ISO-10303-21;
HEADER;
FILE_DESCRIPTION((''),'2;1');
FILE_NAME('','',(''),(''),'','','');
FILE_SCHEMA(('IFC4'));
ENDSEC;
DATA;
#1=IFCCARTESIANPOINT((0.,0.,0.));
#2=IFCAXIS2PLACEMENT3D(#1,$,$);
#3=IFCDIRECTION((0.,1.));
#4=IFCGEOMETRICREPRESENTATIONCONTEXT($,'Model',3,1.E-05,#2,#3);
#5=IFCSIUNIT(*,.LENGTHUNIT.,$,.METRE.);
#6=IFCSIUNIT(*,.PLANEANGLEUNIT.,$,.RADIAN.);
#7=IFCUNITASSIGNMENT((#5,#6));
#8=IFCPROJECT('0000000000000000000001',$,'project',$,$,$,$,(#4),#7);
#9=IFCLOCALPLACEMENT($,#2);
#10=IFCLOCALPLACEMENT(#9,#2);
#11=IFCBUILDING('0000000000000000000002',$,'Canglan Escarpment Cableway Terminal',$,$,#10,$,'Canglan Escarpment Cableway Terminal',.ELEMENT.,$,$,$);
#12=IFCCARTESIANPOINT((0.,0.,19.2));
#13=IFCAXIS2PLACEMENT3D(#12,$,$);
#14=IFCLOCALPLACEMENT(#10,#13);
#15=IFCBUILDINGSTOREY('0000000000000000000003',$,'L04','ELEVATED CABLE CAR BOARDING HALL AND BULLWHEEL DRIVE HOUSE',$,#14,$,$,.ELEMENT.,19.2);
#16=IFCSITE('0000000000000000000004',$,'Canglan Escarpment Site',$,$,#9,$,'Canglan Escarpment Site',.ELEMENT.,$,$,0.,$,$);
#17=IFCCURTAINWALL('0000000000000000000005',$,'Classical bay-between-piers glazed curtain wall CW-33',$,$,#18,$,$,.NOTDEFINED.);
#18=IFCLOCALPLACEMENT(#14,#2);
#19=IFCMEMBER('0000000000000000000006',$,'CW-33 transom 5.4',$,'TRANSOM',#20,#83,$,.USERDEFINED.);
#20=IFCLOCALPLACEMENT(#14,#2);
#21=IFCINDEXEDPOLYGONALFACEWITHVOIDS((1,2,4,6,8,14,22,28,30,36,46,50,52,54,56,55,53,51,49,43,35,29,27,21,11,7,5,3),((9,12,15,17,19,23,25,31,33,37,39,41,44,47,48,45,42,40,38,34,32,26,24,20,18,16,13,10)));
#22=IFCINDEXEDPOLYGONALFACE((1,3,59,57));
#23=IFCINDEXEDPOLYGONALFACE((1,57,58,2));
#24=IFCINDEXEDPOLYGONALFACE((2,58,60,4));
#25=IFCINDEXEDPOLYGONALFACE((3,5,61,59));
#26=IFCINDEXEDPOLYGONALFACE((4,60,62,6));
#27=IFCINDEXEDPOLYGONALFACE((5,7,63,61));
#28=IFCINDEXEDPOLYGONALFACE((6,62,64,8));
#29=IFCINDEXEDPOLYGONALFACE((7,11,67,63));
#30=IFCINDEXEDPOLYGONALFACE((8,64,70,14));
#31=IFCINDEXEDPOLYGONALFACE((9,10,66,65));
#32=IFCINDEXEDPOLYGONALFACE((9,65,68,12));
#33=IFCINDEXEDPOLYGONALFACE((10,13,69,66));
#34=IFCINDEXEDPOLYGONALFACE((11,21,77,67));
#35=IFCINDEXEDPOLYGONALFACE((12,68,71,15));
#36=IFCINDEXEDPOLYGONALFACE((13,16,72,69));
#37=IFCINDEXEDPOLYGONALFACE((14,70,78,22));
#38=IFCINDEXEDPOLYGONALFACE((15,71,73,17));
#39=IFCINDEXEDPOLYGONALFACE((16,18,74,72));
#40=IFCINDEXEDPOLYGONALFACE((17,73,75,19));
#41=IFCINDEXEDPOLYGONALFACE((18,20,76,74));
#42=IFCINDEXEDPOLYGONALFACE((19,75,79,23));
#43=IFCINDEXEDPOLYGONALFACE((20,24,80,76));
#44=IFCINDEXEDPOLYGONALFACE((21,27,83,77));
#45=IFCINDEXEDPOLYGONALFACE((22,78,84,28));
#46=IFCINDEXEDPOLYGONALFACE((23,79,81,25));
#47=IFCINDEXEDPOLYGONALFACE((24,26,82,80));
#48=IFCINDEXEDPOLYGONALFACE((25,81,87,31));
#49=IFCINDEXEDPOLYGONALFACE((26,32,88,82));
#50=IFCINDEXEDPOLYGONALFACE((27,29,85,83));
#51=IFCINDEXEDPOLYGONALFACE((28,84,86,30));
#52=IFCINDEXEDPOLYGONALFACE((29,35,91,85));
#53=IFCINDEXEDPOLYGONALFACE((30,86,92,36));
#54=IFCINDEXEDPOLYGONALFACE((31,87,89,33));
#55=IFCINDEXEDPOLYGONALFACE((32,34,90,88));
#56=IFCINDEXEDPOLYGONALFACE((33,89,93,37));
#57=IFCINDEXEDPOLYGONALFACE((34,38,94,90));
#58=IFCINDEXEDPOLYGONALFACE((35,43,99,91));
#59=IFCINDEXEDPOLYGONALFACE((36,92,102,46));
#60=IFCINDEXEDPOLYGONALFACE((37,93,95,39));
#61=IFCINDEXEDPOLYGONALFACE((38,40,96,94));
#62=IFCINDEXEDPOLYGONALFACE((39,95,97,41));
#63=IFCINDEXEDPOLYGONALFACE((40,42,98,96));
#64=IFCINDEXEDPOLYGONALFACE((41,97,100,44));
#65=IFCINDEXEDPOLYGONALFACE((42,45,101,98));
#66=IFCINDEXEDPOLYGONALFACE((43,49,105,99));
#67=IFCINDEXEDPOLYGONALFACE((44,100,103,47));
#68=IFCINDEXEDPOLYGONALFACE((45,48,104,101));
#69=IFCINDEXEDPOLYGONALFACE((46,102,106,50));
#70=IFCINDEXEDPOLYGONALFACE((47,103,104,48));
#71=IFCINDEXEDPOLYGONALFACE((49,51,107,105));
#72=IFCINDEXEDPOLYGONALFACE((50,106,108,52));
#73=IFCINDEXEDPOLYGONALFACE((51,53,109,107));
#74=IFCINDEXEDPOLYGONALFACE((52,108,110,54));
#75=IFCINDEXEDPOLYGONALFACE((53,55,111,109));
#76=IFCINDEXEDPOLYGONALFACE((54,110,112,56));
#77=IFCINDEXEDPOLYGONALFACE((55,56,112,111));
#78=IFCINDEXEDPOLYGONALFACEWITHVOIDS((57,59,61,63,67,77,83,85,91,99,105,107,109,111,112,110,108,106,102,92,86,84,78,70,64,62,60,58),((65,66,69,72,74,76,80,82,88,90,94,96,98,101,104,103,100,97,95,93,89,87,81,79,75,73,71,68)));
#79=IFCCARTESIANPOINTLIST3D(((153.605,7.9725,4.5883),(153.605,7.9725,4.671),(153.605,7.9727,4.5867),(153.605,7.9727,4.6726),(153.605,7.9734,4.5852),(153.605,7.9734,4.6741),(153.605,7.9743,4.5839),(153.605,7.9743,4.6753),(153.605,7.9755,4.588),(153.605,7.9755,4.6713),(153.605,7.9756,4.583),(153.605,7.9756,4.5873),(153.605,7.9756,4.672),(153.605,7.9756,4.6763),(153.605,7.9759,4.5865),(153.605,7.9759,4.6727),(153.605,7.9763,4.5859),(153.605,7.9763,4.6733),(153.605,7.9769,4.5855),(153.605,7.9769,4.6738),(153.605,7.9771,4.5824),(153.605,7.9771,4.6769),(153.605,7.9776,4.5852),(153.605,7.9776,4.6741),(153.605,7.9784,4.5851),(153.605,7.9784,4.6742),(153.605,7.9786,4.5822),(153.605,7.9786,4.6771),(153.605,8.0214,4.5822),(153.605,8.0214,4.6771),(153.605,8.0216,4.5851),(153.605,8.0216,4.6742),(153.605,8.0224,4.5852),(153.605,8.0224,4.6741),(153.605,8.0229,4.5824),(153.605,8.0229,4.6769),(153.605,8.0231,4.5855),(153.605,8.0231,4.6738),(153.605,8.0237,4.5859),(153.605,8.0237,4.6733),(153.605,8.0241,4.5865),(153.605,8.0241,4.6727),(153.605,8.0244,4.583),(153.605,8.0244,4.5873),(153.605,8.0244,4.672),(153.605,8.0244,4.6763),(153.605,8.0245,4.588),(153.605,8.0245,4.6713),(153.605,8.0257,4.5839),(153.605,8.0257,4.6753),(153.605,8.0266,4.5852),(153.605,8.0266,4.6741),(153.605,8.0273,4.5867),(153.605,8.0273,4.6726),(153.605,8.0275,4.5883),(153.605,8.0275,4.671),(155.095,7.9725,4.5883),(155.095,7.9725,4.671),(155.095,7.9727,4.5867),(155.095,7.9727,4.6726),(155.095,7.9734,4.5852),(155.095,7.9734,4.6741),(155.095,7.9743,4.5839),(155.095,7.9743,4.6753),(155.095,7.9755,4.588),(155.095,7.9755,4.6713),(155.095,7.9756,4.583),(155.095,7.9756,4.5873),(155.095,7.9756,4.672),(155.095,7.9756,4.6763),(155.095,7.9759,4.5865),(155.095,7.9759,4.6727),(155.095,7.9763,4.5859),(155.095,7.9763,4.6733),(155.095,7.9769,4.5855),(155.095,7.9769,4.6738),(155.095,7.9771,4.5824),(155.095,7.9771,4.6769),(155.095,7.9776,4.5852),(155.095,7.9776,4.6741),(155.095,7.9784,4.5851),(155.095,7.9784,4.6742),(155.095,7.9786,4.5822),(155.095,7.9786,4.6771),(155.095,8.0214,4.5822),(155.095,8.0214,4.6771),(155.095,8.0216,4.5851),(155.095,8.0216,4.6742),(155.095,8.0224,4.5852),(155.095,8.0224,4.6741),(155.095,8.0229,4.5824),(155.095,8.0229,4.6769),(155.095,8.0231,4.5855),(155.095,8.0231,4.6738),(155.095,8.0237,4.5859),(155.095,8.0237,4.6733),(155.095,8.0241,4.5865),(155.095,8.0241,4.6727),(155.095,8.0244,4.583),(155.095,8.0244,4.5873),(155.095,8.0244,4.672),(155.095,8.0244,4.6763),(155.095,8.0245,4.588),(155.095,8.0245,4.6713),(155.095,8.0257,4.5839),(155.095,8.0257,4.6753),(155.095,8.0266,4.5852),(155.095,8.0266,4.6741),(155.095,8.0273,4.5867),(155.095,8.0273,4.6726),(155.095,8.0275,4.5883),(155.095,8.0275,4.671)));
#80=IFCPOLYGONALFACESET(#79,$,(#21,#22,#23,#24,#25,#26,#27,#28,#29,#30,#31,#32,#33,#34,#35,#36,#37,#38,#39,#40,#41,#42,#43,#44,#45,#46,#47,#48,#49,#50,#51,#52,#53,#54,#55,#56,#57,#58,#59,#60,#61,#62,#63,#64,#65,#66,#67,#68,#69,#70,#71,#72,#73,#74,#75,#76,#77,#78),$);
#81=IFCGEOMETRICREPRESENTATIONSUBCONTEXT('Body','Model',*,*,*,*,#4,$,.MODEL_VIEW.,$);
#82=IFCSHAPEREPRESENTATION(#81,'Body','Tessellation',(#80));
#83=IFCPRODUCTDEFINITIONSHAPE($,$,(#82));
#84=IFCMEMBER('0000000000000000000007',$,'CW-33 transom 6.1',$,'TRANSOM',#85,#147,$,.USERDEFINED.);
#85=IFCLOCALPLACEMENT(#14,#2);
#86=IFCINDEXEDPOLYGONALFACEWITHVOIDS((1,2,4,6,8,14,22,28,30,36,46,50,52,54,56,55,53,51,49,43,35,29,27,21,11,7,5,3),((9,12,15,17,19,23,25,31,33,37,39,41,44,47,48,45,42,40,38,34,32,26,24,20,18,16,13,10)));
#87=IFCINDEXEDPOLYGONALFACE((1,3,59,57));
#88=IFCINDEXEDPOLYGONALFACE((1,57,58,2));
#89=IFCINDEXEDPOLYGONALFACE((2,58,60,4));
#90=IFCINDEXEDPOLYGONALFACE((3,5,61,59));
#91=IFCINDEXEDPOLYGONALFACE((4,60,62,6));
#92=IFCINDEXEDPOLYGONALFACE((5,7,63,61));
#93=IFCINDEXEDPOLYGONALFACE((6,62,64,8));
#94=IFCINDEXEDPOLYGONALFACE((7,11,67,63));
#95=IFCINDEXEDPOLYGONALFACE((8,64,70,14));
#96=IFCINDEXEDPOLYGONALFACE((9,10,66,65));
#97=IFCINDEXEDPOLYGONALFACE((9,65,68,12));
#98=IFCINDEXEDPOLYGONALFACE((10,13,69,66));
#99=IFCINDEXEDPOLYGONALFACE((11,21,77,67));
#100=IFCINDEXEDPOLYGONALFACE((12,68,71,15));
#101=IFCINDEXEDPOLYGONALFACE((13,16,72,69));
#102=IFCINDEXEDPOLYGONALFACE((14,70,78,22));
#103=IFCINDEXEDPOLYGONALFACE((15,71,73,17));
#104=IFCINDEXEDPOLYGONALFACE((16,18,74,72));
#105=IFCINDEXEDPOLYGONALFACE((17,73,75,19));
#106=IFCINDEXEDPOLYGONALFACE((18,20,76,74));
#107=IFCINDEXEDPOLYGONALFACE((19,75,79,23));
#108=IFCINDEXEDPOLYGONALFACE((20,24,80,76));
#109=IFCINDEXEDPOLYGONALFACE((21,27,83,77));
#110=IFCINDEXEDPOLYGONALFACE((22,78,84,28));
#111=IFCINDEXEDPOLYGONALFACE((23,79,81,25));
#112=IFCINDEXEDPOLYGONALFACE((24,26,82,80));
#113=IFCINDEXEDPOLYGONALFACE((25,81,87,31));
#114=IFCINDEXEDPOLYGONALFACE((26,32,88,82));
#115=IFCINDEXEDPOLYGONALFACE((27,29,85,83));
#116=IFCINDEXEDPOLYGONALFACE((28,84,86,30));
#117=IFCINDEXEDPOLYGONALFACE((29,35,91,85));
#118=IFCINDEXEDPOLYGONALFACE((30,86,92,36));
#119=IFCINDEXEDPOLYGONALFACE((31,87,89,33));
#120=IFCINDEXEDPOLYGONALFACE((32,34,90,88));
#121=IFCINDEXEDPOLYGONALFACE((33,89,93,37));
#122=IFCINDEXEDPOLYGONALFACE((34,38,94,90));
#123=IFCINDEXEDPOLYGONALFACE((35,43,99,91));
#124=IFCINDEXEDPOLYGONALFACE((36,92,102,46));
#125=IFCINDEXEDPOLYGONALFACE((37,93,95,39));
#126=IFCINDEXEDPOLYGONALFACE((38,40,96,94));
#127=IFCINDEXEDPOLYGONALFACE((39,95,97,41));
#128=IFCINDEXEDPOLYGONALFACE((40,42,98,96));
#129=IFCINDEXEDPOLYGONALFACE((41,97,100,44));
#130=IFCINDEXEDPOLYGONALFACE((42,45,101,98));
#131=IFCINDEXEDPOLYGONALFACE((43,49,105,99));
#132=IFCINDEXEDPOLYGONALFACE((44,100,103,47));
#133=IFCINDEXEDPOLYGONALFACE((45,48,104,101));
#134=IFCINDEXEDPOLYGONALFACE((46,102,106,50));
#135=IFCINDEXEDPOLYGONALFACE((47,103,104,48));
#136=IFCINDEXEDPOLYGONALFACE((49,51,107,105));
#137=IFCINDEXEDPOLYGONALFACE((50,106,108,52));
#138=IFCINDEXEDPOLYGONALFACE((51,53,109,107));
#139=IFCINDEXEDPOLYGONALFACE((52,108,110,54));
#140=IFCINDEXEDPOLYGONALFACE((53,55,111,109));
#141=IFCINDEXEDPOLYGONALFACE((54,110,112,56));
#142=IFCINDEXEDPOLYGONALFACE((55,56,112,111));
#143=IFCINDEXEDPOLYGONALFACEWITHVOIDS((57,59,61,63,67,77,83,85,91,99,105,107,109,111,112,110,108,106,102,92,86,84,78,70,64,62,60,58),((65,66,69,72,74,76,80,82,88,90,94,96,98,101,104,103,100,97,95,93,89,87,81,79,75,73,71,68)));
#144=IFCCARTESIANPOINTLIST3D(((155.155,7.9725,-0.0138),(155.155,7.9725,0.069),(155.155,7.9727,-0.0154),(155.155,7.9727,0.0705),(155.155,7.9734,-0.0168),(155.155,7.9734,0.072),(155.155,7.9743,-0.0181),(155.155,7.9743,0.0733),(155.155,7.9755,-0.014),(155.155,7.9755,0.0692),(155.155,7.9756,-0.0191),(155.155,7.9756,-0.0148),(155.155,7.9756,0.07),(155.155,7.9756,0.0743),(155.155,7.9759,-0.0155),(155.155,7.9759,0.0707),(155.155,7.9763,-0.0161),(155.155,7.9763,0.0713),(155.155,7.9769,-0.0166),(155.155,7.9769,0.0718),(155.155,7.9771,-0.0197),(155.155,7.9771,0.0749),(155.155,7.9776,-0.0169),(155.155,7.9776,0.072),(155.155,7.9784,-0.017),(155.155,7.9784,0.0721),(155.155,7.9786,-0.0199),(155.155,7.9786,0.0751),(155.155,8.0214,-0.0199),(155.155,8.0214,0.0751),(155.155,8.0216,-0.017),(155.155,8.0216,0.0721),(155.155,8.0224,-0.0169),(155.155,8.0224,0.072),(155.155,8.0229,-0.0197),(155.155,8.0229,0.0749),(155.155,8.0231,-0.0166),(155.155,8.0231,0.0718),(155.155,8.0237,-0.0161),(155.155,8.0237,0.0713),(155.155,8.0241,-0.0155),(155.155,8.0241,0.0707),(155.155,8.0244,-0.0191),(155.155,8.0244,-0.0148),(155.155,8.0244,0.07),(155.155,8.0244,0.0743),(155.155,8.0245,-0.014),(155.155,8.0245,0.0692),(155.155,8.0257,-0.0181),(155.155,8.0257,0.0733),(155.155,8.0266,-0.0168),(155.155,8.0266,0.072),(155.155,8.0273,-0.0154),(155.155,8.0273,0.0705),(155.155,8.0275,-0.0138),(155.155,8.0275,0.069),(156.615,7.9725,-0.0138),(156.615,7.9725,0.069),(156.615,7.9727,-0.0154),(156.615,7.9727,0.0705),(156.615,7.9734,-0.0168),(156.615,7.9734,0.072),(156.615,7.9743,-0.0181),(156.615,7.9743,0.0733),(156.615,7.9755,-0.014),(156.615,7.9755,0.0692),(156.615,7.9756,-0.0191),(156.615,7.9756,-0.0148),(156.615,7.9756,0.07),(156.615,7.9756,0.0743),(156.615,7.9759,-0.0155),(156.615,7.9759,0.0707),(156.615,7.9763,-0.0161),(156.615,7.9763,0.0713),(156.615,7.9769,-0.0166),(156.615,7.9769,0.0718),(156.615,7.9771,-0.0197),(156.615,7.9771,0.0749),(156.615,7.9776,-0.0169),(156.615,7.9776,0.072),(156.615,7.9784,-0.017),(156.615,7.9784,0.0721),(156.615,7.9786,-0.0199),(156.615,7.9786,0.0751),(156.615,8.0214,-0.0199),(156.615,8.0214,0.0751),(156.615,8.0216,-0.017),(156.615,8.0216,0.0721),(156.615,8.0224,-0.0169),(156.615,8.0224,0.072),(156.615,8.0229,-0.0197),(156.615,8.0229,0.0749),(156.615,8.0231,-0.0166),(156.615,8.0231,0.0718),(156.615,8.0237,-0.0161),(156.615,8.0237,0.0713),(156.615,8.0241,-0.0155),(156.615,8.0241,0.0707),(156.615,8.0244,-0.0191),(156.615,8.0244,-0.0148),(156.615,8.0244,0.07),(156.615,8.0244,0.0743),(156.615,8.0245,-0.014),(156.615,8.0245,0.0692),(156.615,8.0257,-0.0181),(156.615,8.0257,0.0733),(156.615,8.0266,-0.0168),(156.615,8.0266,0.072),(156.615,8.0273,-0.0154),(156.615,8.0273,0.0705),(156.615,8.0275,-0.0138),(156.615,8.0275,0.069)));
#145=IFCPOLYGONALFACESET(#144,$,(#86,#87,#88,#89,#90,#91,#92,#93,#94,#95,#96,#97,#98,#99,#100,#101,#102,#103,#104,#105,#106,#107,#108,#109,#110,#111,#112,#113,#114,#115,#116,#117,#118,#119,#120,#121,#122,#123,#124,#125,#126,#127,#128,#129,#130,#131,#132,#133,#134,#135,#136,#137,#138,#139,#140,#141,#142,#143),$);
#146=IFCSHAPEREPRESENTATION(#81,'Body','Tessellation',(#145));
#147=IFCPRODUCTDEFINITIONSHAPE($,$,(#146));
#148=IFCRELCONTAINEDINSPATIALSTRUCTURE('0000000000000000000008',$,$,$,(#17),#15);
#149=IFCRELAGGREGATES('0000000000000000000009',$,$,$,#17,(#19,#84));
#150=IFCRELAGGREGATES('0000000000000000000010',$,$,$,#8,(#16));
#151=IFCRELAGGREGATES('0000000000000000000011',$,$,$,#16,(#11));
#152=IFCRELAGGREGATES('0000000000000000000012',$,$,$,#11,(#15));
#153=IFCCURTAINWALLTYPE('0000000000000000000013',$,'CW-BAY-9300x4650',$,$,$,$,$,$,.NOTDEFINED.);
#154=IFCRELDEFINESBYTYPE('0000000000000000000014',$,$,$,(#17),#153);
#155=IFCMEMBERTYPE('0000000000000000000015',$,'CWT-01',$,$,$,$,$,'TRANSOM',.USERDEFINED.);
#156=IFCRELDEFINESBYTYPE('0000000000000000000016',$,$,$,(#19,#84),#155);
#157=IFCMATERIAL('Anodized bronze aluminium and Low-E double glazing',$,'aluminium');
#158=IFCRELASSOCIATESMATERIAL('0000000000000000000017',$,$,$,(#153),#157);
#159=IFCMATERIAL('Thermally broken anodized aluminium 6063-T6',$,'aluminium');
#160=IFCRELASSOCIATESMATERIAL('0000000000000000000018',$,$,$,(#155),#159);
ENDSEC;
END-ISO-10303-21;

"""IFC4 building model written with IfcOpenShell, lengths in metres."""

from ifc_helpers import new_model, si_unit, direction, frame, origin, origin_2d, place, context, subcontext, project, spatial, hollow_rectangle, extrude, material, material_profile, profile_set, type_object, element, aggregate, save


model = new_model("IFC4")

# Units and contexts
model_context = context("Model", 3, precision=1e-05, world=origin(), true_north=direction((0.0, 1.0)))
body_context = subcontext(model_context, "Body", "Model", "MODEL_VIEW")
ifc_project = project(units=[si_unit("LENGTHUNIT", "METRE"), si_unit("PLANEANGLEUNIT", "RADIAN")], contexts=[model_context])

# Site, building, storey
site_placement = place(None, origin())
site = spatial("IfcSite", under=ifc_project, at=site_placement, Name="Canglan Escarpment Site", LongName="Canglan Escarpment Site", CompositionType="ELEMENT", RefElevation=0.0)
building_placement = place(site_placement, origin())
building = spatial("IfcBuilding", under=site, at=building_placement, Name="Canglan Escarpment Cableway Terminal", LongName="Canglan Escarpment Cableway Terminal", CompositionType="ELEMENT")
storey_placement = place(building_placement, frame((0.0, 0.0, 19.2)))
storey = spatial("IfcBuildingStorey", under=building, at=storey_placement, Name="L04", Description="ELEVATED CABLE CAR BOARDING HALL AND BULLWHEEL DRIVE HOUSE", CompositionType="ELEMENT", Elevation=19.2)

# Curtain wall
ifc_material_1 = material(Name="Anodized bronze aluminium and Low-E double glazing", Category="aluminium")
curtain_wall_type = type_object("IfcCurtainWallType", Name="CW-BAY-9300x4650", PredefinedType="NOTDEFINED", material=ifc_material_1)
curtain_wall_1_placement = place(storey_placement, origin())
curtain_wall_1 = element("IfcCurtainWall", 1, at=curtain_wall_1_placement, inside=storey, type_object=curtain_wall_type, Name="Classical bay-between-piers glazed curtain wall CW-33", PredefinedType="NOTDEFINED")
ifc_material_2 = material(Name="Thermally broken anodized aluminium 6063-T6", Category="aluminium")

# Members
ifc_material_profile_1 = material_profile(ifc_material_2, hollow_rectangle(XDim=0.0549, YDim=0.095, WallThickness=0.0029, InnerFilletRadius=0.0029, OuterFilletRadius=0.0061, at=origin_2d()), Name="ALU-TRAN 55x95x3")
ifc_profile_set_1 = profile_set([ifc_material_profile_1], Name="Thermally broken anodized aluminium 6063-T6")
member_type_1 = type_object("IfcMemberType", Name="CWT-01", ElementType="TRANSOM", PredefinedType="USERDEFINED", material=ifc_profile_set_1)
member_1_placement = place(storey_placement, frame((153.605, 8.0, 4.6296), z_axis=(1.0, 0.0, 0.0), x_axis=(0.0, 1.0, 0.0)))
member_1 = element("IfcMember", 2, at=member_1_placement, type_object=member_type_1, Name="CW-33 transom 5.4", ObjectType="TRANSOM", PredefinedType="USERDEFINED", context=body_context, shape_type="SweptSolid", body=[
    extrude(hollow_rectangle(XDim=0.0549, YDim=0.095, WallThickness=0.0029, InnerFilletRadius=0.0029, OuterFilletRadius=0.0061, at=origin_2d()), origin(), (0.0, 0.0, 1.0), 1.49),
])
member_2_placement = place(storey_placement, frame((155.155, 8.0, 0.0276), z_axis=(1.0, 0.0, 0.0), x_axis=(0.0, 1.0, 0.0)))
member_2 = element("IfcMember", 3, at=member_2_placement, type_object=member_type_1, Name="CW-33 transom 6.1", ObjectType="TRANSOM", PredefinedType="USERDEFINED", context=body_context, shape_type="SweptSolid", body=[
    extrude(hollow_rectangle(XDim=0.0549, YDim=0.095, WallThickness=0.0029, InnerFilletRadius=0.0029, OuterFilletRadius=0.0061, at=origin_2d()), origin(), (0.0, 0.0, 1.0), 1.46),
])

aggregate(curtain_wall_1, [member_1, member_2])

save(model, "model.ifc")
